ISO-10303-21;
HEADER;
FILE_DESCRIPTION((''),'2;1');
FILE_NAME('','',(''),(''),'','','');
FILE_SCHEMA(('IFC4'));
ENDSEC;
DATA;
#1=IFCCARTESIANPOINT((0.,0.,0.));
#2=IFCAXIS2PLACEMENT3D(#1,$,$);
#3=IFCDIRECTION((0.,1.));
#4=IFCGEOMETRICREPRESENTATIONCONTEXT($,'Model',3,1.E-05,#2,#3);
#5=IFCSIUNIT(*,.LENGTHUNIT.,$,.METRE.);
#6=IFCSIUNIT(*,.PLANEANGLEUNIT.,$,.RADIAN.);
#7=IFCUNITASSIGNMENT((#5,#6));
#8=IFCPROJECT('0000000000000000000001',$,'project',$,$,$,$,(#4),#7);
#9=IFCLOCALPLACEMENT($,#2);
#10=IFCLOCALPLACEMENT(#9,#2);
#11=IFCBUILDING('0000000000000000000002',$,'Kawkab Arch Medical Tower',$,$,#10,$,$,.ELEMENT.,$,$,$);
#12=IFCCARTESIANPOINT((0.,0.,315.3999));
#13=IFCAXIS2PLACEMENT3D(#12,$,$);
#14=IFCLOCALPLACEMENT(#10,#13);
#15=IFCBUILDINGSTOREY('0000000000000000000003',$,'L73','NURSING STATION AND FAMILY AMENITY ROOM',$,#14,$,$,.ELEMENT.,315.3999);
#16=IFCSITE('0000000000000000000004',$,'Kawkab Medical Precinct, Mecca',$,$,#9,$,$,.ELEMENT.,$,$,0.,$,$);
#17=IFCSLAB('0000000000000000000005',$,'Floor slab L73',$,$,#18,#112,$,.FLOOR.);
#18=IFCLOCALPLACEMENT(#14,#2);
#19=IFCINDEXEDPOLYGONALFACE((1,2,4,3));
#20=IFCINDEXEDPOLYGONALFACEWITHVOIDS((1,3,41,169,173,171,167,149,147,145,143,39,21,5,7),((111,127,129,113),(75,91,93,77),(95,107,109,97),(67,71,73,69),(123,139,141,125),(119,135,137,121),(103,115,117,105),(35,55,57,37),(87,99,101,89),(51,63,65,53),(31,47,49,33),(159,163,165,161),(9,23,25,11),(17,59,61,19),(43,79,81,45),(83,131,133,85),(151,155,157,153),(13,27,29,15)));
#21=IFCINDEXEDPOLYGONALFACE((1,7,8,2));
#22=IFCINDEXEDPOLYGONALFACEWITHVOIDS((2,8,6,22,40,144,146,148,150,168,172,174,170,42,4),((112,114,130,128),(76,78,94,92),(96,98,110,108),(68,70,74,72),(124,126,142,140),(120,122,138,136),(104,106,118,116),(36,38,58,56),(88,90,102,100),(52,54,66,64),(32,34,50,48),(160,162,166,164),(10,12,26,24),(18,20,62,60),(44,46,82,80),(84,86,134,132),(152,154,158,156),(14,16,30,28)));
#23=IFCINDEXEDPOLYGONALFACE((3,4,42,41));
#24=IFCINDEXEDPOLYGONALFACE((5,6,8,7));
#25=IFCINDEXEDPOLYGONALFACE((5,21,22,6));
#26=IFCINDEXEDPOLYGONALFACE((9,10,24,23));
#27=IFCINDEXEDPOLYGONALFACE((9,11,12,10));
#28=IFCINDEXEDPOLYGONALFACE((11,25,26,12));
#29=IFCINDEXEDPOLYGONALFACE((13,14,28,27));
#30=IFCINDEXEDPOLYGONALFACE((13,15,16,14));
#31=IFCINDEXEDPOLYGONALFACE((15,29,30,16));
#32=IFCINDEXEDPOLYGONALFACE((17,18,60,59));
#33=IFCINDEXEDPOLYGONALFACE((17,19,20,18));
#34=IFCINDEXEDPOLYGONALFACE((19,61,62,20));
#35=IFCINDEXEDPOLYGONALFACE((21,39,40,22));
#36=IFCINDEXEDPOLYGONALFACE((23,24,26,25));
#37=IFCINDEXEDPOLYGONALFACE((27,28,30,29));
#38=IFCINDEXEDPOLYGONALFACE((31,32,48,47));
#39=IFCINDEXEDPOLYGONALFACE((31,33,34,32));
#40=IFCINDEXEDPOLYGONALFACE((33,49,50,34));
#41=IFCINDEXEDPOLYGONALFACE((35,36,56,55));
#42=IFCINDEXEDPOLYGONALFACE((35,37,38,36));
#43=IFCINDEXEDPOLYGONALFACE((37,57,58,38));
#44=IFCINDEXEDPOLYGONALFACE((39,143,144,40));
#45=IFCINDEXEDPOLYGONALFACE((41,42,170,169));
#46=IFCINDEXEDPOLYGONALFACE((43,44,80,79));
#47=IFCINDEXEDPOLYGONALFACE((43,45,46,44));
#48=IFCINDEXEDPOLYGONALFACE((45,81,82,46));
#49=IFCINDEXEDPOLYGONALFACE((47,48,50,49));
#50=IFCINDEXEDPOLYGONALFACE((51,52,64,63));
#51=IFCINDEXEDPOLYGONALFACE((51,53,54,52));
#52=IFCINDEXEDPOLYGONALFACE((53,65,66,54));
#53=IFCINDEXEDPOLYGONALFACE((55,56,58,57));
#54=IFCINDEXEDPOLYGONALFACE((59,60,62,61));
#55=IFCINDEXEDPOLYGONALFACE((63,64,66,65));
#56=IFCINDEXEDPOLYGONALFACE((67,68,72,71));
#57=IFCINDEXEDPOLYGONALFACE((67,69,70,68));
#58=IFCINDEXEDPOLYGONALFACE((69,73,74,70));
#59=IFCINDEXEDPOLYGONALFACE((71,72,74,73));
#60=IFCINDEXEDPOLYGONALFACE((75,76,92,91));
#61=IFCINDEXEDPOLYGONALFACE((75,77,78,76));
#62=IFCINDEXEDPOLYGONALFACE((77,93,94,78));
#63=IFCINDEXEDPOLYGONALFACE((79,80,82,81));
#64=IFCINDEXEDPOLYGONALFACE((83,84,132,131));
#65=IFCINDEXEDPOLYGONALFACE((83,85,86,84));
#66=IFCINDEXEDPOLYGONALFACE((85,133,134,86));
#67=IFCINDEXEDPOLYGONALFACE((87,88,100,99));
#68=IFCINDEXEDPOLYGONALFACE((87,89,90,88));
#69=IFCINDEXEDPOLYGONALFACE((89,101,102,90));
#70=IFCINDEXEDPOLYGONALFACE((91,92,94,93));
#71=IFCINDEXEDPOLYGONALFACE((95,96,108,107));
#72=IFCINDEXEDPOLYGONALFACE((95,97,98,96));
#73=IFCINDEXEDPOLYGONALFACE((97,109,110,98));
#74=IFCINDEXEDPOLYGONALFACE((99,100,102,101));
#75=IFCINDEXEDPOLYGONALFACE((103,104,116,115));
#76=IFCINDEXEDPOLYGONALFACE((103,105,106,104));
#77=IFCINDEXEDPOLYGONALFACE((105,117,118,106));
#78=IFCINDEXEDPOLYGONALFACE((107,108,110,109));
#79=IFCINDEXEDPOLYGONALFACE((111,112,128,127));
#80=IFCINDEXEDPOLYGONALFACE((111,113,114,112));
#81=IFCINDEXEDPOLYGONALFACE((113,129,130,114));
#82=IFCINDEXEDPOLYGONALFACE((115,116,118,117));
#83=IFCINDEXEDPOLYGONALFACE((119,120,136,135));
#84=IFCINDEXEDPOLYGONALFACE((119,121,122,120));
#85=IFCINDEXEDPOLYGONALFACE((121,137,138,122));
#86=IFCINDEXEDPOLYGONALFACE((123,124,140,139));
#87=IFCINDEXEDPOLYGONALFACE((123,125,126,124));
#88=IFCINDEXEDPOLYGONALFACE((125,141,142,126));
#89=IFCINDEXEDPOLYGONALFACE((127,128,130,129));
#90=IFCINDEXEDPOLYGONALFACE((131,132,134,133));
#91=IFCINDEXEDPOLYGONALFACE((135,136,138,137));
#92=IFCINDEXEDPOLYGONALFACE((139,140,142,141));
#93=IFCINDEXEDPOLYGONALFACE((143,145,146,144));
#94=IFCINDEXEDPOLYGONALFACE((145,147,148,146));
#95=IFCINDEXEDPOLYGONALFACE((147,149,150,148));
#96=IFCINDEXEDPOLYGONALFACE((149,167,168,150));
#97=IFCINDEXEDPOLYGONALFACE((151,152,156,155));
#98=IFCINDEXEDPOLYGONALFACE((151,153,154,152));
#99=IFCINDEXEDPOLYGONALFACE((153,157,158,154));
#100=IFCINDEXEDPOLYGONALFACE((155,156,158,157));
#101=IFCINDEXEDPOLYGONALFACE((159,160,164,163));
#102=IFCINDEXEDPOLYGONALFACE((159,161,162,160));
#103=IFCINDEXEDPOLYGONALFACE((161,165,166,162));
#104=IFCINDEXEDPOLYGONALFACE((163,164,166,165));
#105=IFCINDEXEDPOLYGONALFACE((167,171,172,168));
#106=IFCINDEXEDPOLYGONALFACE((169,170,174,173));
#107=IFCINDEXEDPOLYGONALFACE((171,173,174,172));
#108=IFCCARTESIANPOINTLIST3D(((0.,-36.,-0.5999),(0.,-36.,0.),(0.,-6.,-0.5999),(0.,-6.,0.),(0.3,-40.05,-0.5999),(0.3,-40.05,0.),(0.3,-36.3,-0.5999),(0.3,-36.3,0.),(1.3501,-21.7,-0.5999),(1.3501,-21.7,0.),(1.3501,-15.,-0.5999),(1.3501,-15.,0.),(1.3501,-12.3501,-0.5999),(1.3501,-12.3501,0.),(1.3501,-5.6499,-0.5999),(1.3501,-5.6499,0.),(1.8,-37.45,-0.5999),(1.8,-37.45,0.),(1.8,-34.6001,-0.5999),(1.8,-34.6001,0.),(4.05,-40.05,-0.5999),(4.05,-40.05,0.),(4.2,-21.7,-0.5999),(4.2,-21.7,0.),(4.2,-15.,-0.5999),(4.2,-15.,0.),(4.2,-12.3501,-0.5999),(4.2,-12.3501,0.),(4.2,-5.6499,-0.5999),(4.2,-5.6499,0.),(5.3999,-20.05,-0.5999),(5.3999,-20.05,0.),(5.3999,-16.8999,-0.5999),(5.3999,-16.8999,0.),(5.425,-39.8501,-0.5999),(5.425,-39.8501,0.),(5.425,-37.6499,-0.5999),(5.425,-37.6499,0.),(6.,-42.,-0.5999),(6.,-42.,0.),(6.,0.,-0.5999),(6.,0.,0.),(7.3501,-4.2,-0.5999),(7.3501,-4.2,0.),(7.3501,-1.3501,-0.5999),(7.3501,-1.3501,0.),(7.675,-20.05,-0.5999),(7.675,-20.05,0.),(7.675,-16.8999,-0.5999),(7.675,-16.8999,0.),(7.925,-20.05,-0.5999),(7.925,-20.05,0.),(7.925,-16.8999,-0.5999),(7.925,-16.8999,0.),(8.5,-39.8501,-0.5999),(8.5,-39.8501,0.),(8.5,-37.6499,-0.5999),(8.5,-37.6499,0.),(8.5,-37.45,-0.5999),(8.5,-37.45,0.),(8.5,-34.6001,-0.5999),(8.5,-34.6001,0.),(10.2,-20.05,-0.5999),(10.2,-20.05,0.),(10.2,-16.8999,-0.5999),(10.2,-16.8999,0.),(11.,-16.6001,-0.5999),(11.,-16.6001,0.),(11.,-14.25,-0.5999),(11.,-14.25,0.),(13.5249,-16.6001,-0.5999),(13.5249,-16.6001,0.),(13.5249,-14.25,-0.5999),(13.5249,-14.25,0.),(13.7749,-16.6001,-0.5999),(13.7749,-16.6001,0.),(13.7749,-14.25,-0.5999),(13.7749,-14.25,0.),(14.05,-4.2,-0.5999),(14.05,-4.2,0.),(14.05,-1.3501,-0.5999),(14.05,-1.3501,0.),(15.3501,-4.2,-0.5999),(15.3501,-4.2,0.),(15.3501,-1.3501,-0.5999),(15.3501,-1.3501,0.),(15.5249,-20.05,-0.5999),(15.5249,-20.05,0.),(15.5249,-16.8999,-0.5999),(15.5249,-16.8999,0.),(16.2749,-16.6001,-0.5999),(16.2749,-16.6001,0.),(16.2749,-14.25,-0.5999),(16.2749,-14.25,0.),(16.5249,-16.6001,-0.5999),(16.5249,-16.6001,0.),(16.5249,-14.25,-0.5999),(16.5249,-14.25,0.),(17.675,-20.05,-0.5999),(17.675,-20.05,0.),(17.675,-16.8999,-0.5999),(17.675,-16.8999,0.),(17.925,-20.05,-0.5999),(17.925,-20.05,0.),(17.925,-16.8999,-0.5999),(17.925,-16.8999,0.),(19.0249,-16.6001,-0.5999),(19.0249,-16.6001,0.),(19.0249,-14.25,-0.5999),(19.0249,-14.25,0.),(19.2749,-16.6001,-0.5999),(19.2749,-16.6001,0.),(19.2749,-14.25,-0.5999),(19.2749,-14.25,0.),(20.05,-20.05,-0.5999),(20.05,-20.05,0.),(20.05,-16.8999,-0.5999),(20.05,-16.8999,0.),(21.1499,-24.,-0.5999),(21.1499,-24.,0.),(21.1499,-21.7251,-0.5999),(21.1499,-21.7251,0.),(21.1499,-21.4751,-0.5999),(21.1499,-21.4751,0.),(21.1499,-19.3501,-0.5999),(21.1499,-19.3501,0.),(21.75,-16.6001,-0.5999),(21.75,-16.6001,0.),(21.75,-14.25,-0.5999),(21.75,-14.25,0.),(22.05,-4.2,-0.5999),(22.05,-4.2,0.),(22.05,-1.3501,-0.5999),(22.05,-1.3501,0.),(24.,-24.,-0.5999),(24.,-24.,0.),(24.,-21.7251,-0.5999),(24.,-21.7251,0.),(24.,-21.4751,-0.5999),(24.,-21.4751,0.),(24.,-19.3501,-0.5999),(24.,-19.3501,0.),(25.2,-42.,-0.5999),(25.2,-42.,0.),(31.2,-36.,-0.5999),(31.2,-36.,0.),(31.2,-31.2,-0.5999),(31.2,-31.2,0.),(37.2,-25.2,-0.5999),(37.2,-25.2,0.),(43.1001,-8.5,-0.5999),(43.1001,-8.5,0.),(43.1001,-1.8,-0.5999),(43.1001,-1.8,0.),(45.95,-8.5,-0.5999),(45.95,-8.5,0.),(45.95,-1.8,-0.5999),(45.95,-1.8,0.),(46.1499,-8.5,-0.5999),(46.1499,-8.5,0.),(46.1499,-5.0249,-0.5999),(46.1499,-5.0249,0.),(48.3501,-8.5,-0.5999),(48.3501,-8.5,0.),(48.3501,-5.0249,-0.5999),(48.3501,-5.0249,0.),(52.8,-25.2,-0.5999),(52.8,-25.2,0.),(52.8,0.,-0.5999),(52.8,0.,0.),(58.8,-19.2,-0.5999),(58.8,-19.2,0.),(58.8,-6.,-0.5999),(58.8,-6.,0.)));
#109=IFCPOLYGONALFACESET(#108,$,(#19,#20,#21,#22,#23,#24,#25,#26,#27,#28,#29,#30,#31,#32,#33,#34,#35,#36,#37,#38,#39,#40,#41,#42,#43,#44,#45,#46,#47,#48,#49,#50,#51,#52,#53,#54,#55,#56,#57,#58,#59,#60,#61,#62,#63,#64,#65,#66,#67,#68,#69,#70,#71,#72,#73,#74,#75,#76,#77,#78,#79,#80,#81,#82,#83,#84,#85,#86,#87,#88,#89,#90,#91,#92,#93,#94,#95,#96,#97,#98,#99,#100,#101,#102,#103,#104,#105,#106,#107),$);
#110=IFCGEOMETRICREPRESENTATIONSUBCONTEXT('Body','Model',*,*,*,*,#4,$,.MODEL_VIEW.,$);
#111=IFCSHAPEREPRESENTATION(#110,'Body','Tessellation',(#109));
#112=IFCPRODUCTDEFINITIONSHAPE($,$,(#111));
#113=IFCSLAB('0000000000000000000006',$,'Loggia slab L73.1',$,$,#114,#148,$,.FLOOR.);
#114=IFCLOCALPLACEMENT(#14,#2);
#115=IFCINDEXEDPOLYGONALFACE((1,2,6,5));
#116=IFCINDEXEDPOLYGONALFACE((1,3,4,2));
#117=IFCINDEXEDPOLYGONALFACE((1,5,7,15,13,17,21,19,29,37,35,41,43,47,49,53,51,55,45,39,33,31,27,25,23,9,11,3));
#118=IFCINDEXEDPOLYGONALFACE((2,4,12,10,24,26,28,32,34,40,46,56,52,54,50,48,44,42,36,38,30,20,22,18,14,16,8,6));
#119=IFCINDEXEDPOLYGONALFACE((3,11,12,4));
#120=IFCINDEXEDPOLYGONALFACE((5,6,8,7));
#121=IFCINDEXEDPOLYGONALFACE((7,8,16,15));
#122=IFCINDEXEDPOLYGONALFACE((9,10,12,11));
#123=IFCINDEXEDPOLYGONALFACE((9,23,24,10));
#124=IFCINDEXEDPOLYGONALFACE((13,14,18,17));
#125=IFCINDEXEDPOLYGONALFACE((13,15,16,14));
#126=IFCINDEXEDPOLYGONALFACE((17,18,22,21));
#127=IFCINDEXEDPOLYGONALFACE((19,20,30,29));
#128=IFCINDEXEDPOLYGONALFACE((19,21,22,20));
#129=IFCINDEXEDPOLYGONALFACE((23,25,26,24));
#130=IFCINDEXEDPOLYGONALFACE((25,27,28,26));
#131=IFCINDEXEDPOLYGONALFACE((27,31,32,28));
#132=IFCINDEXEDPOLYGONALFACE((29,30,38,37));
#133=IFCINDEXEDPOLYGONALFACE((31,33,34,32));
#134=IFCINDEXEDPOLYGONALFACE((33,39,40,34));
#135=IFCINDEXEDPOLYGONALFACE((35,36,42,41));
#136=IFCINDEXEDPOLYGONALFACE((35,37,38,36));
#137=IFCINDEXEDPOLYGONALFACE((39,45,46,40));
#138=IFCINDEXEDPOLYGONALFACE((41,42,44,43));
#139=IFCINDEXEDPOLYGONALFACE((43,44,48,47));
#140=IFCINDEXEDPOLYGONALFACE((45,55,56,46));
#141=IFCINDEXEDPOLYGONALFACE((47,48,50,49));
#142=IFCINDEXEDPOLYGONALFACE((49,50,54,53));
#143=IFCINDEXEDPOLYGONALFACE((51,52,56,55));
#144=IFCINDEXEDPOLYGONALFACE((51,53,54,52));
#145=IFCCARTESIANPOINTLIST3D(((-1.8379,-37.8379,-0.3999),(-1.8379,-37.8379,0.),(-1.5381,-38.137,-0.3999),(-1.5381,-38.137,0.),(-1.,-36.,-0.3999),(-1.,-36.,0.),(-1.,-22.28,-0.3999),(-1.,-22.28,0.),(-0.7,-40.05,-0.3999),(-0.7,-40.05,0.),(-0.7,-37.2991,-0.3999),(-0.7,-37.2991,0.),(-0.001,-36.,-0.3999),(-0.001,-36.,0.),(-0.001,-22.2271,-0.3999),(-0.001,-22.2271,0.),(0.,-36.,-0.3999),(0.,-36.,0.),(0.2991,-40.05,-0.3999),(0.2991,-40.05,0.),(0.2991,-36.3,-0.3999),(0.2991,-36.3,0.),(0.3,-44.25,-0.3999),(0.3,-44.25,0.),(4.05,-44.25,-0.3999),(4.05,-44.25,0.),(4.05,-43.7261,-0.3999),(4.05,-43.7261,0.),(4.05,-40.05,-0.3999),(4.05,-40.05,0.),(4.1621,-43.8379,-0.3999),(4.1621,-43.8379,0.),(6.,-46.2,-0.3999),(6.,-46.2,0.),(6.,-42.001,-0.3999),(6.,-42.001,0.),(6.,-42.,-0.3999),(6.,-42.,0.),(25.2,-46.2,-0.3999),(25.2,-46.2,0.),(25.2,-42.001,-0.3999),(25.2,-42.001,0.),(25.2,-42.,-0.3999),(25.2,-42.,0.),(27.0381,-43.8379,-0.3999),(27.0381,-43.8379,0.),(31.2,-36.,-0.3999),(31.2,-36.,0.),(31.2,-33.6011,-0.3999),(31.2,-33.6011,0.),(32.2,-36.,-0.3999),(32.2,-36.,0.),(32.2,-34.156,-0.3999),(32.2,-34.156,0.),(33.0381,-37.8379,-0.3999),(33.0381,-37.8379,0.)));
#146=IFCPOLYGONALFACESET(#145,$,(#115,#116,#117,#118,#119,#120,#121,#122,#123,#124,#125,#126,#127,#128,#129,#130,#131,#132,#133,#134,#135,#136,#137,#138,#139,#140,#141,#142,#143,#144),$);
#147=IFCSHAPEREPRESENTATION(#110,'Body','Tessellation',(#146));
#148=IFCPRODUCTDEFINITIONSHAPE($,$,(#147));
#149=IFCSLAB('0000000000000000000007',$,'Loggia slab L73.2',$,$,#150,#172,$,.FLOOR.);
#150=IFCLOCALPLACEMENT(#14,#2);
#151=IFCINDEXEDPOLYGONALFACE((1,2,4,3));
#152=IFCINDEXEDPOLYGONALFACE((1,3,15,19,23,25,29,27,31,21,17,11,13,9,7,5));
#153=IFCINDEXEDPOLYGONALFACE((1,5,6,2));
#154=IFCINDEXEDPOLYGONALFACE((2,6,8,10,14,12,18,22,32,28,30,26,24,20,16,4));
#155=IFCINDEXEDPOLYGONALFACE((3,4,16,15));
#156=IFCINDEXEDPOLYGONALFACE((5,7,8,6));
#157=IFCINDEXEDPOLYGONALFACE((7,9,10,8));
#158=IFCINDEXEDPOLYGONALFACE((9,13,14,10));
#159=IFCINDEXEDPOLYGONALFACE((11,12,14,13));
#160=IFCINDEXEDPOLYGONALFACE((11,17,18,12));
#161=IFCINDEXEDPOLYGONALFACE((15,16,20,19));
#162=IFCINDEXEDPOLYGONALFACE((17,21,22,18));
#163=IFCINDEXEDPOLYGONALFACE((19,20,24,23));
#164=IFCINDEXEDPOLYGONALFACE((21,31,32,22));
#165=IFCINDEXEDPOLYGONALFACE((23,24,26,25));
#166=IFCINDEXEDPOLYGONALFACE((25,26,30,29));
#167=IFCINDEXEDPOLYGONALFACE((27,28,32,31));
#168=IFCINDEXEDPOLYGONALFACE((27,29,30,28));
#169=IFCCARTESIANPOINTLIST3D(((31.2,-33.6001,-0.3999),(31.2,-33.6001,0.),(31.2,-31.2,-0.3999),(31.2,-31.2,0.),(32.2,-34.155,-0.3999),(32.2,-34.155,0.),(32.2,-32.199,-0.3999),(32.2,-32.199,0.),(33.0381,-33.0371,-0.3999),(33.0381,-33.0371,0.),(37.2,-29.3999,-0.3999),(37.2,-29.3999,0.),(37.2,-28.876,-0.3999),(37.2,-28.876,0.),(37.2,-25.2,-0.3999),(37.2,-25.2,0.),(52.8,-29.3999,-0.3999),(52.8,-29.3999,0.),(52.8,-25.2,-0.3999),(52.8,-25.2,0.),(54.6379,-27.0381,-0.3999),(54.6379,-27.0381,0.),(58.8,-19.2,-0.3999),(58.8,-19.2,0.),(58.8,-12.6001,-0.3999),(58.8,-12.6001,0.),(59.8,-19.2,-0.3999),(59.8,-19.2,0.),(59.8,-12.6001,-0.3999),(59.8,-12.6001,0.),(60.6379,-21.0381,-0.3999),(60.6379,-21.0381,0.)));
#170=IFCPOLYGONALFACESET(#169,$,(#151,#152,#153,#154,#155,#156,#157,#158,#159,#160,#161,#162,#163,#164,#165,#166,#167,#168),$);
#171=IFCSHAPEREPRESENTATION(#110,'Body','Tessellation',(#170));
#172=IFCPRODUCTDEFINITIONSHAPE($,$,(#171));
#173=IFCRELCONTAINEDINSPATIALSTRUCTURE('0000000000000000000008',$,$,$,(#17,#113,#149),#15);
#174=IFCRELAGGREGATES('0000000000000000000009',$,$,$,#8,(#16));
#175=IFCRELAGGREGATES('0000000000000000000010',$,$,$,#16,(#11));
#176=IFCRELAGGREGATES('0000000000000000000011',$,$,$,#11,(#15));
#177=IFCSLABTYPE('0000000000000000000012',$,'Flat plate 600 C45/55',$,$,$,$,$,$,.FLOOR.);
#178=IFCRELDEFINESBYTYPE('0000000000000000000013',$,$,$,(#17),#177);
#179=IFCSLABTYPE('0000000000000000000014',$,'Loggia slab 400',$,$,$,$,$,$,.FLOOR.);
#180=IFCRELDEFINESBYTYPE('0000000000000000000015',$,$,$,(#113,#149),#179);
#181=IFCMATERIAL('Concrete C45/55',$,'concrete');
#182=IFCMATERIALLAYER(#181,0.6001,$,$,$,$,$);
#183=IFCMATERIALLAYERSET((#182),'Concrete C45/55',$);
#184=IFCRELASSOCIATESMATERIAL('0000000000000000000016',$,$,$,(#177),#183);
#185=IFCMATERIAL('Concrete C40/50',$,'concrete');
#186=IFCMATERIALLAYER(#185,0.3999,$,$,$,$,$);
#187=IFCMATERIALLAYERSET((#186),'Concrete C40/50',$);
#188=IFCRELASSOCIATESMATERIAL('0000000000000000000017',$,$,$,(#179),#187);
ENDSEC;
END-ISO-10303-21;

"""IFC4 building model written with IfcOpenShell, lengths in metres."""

from ifc_helpers import new_model, si_unit, direction, frame, origin, place, context, subcontext, project, spatial, polyline, outline, extrude, material, layer, layer_set, type_object, element, save


model = new_model("IFC4")

# Units and contexts
model_context = context("Model", 3, precision=1e-05, world=origin(), true_north=direction((0.0, 1.0)))
body_context = subcontext(model_context, "Body", "Model", "MODEL_VIEW")
ifc_project = project(units=[si_unit("LENGTHUNIT", "METRE"), si_unit("PLANEANGLEUNIT", "RADIAN")], contexts=[model_context])

# Site, building, storey
site_placement = place(None, origin())
site = spatial("IfcSite", under=ifc_project, at=site_placement, Name="Kawkab Medical Precinct, Mecca", CompositionType="ELEMENT", RefElevation=0.0)
building_placement = place(site_placement, origin())
building = spatial("IfcBuilding", under=site, at=building_placement, Name="Kawkab Arch Medical Tower", CompositionType="ELEMENT")
storey_placement = place(building_placement, frame((0.0, 0.0, 315.3999)))
storey = spatial("IfcBuildingStorey", under=building, at=storey_placement, Name="L73", Description="NURSING STATION AND FAMILY AMENITY ROOM", CompositionType="ELEMENT", Elevation=315.3999)

# Slabs
ifc_material_1 = material(Name="Concrete C45/55", Category="concrete")
ifc_layer_1 = layer(ifc_material_1, 0.6001)
ifc_layer_set_1 = layer_set([ifc_layer_1], Name="Concrete C45/55")
slab_type_1 = type_object("IfcSlabType", Name="Flat plate 600 C45/55", PredefinedType="FLOOR", material=ifc_layer_set_1)
slab_1_placement = place(storey_placement, frame((0.0, 0.0, -0.5999)))
element("IfcSlab", 1, at=slab_1_placement, inside=storey, type_object=slab_type_1, Name="Floor slab L73", PredefinedType="FLOOR", context=body_context, shape_type="SweptSolid", body=[
    extrude(outline(polyline([(52.8, 0.0), (58.8, -6.0), (58.8, -19.2), (52.8, -25.2), (37.2, -25.2), (31.2, -31.2), (31.2, -36.0), (25.2, -42.0), (6.0, -42.0), (4.05, -40.05), (0.3, -40.05), (0.3, -36.3), (0.0, -36.0), (0.0, -6.0), (6.0, 0.0), (52.8, 0.0)]), holes=[polyline([(5.425, -37.6499), (5.425, -39.8501), (8.5, -39.8501), (8.5, -37.6499), (5.425, -37.6499)]), polyline([(8.5, -37.45), (8.5, -34.6001), (1.8, -34.6001), (1.8, -37.45), (8.5, -37.45)]), polyline([(5.3999, -20.05), (7.675, -20.05), (7.675, -16.8999), (5.3999, -16.8999), (5.3999, -20.05)]), polyline([(10.2, -16.8999), (7.925, -16.8999), (7.925, -20.05), (10.2, -20.05), (10.2, -16.8999)]), polyline([(4.2, -15.0), (1.3501, -15.0), (1.3501, -21.7), (4.2, -21.7), (4.2, -15.0)]), polyline([(13.5249, -14.25), (11.0, -14.25), (11.0, -16.6001), (13.5249, -16.6001), (13.5249, -14.25)]), polyline([(16.2749, -14.25), (13.7749, -14.25), (13.7749, -16.6001), (16.2749, -16.6001), (16.2749, -14.25)]), polyline([(4.2, -12.3501), (4.2, -5.6499), (1.3501, -5.6499), (1.3501, -12.3501), (4.2, -12.3501)]), polyline([(7.3501, -4.2), (14.05, -4.2), (14.05, -1.3501), (7.3501, -1.3501), (7.3501, -4.2)]), polyline([(24.0, -21.7251), (21.1499, -21.7251), (21.1499, -24.0), (24.0, -24.0), (24.0, -21.7251)]), polyline([(24.0, -19.3501), (21.1499, -19.3501), (21.1499, -21.4751), (24.0, -21.4751), (24.0, -19.3501)]), polyline([(15.5249, -20.05), (17.675, -20.05), (17.675, -16.8999), (15.5249, -16.8999), (15.5249, -20.05)]), polyline([(17.925, -20.05), (20.05, -20.05), (20.05, -16.8999), (17.925, -16.8999), (17.925, -20.05)]), polyline([(16.5249, -16.6001), (19.0249, -16.6001), (19.0249, -14.25), (16.5249, -14.25), (16.5249, -16.6001)]), polyline([(19.2749, -14.25), (19.2749, -16.6001), (21.75, -16.6001), (21.75, -14.25), (19.2749, -14.25)]), polyline([(46.1499, -8.5), (48.3501, -8.5), (48.3501, -5.0249), (46.1499, -5.0249), (46.1499, -8.5)]), polyline([(43.1001, -1.8), (43.1001, -8.5), (45.95, -8.5), (45.95, -1.8), (43.1001, -1.8)]), polyline([(22.05, -1.3501), (15.3501, -1.3501), (15.3501, -4.2), (22.05, -4.2), (22.05, -1.3501)])]), origin(), (0.0, 0.0, 1.0), 0.5999),
])
ifc_material_2 = material(Name="Concrete C40/50", Category="concrete")
ifc_layer_2 = layer(ifc_material_2, 0.3999)
ifc_layer_set_2 = layer_set([ifc_layer_2], Name="Concrete C40/50")
slab_type_2 = type_object("IfcSlabType", Name="Loggia slab 400", PredefinedType="FLOOR", material=ifc_layer_set_2)
placement_1 = place(storey_placement, frame((0.0, 0.0, -0.3999)))
element("IfcSlab", 2, at=placement_1, inside=storey, type_object=slab_type_2, Name="Loggia slab L73.1", PredefinedType="FLOOR", context=body_context, shape_type="SweptSolid", body=[
    extrude(outline(polyline([(-1.0, -36.0), (-1.0, -22.28), (-0.001, -22.2271), (-0.001, -36.0), (0.0, -36.0), (0.2991, -36.3), (0.2991, -40.05), (4.05, -40.05), (6.0, -42.0), (6.0, -42.001), (25.2, -42.001), (25.2, -42.0), (31.2, -36.0), (31.2, -33.6011), (32.2, -34.156), (32.2, -36.0), (33.0381, -37.8379), (27.0381, -43.8379), (25.2, -46.2), (6.0, -46.2), (4.1621, -43.8379), (4.05, -43.7261), (4.05, -44.25), (0.3, -44.25), (-0.7, -40.05), (-0.7, -37.2991), (-1.5381, -38.137), (-1.8379, -37.8379), (-1.0, -36.0)])), origin(), (0.0, 0.0, 1.0), 0.3999),
])
element("IfcSlab", 3, at=placement_1, inside=storey, type_object=slab_type_2, Name="Loggia slab L73.2", PredefinedType="FLOOR", context=body_context, shape_type="SweptSolid", body=[
    extrude(outline(polyline([(31.2, -31.2), (37.2, -25.2), (52.8, -25.2), (58.8, -19.2), (58.8, -12.6001), (59.8, -12.6001), (59.8, -19.2), (60.6379, -21.0381), (54.6379, -27.0381), (52.8, -29.3999), (37.2, -29.3999), (37.2, -28.876), (33.0381, -33.0371), (32.2, -32.199), (32.2, -34.155), (31.2, -33.6001), (31.2, -31.2)])), origin(), (0.0, 0.0, 1.0), 0.3999),
])

save(model, "model.ifc")
